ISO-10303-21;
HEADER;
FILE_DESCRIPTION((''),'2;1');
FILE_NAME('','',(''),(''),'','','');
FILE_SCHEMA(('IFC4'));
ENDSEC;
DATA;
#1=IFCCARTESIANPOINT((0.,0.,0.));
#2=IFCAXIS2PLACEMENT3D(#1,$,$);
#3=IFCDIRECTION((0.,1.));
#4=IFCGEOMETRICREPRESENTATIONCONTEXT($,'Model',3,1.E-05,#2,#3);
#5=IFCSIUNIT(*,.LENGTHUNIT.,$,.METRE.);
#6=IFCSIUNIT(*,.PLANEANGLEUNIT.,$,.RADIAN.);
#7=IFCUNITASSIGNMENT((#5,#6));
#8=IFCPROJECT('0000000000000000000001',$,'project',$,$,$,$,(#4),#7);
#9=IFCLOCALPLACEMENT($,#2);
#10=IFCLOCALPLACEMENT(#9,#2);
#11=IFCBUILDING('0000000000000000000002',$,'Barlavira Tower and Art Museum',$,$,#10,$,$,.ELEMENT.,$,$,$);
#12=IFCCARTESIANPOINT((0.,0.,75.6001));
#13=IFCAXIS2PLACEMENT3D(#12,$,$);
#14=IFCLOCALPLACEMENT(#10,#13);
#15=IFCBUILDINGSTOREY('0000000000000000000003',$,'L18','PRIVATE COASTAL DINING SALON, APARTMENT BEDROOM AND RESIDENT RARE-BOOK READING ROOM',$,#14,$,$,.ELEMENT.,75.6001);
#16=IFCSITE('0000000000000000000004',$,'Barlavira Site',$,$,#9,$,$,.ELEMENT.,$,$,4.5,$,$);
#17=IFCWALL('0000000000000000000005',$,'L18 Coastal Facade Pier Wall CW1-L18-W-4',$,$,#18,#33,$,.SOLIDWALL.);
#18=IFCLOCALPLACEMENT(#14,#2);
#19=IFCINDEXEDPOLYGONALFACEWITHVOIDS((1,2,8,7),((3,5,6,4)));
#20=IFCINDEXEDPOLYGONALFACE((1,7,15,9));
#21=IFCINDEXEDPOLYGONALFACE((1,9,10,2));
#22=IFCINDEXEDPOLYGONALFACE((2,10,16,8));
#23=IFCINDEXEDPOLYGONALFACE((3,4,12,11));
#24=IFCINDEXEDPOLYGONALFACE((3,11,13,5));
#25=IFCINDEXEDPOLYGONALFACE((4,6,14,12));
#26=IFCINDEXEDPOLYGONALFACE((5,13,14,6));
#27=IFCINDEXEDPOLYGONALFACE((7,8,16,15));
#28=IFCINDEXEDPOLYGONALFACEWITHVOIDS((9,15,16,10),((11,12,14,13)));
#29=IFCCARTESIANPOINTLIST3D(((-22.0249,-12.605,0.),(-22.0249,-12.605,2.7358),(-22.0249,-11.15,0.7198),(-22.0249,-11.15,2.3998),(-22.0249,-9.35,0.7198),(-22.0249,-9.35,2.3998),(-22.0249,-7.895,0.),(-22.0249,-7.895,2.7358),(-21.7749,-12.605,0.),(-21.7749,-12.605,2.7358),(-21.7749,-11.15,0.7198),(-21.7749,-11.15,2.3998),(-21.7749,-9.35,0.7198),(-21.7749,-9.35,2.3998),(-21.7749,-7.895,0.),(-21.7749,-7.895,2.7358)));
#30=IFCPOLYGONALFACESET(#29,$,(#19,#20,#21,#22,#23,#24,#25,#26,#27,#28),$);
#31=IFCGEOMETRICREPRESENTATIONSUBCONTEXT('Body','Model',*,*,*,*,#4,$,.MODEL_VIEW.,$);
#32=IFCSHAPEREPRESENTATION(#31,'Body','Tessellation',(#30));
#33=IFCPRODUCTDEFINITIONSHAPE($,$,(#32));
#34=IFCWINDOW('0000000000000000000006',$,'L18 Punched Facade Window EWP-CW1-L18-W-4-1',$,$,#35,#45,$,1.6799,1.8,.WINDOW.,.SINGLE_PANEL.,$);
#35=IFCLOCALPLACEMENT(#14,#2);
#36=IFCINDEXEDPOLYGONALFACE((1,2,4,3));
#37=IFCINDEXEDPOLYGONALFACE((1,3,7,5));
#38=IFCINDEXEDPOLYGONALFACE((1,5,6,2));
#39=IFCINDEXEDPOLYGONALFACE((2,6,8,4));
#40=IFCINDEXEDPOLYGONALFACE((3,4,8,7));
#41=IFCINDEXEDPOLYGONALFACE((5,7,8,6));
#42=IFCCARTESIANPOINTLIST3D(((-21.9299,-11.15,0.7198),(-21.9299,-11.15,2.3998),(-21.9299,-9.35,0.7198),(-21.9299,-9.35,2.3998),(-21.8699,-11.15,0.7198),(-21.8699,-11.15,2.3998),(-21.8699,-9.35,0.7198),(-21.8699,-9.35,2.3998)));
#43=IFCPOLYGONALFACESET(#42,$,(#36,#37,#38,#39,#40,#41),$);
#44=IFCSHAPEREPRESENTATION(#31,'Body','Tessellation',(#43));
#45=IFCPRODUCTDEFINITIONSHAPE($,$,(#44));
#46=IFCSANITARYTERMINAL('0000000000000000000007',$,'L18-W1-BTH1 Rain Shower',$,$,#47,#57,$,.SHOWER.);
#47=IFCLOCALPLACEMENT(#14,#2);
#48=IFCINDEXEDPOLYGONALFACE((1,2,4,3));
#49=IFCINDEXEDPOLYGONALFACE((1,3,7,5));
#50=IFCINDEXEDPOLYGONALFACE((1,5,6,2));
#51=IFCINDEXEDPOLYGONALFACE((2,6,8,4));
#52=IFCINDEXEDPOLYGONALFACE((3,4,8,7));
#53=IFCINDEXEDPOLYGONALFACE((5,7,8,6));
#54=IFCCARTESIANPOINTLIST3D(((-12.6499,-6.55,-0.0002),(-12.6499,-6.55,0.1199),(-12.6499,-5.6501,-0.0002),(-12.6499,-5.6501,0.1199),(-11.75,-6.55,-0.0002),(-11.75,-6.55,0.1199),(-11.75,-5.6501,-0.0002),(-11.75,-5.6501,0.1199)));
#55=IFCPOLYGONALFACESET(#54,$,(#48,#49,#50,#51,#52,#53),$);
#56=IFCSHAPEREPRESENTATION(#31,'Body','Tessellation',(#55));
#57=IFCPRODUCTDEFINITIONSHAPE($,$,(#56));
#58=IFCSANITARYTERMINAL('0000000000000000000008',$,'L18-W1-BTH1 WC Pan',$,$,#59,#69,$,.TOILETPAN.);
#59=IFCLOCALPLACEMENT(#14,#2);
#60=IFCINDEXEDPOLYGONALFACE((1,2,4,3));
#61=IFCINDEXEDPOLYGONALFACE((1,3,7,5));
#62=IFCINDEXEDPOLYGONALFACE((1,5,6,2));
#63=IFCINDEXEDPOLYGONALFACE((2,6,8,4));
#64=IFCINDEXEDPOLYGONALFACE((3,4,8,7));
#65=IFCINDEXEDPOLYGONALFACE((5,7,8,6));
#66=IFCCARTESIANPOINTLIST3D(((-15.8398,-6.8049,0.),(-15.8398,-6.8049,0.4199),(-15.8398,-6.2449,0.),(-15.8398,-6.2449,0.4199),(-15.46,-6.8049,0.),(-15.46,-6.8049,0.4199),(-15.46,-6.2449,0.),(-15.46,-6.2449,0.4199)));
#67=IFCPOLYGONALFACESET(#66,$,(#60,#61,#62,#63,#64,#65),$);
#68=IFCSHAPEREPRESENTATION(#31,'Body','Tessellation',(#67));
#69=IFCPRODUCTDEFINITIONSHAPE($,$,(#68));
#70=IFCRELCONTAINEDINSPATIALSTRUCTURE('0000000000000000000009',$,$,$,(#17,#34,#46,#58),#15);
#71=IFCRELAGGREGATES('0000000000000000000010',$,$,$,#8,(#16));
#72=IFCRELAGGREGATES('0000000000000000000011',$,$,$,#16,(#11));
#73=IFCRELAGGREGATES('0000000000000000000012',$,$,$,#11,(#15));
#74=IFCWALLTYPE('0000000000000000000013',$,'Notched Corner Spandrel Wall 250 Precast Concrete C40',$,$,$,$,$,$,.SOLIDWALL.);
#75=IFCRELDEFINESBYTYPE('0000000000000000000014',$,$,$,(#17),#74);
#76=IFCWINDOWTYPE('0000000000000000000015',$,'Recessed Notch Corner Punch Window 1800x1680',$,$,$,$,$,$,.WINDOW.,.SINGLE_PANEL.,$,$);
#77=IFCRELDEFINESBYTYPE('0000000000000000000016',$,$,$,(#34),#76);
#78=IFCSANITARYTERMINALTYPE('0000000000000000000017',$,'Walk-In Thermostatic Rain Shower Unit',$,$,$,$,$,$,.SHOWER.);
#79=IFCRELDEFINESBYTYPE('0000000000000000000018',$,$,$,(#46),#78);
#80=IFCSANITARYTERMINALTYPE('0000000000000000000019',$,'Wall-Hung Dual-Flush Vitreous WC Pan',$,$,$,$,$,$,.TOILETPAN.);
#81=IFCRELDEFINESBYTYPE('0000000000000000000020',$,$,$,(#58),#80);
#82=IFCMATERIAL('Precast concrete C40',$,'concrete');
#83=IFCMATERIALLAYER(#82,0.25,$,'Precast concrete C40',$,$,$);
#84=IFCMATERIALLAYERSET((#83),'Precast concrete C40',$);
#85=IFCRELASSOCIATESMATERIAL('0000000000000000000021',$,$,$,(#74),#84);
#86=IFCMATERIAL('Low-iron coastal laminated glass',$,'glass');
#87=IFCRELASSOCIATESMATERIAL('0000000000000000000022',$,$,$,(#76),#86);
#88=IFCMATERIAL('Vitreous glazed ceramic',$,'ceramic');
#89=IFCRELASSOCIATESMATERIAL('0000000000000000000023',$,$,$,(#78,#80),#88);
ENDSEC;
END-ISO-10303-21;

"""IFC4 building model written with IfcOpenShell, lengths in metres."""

from ifc_helpers import new_model, si_unit, direction, frame, frame_2d, origin, origin_2d, place, context, subcontext, project, spatial, rectangle, extrude, material, layer, layer_set, type_object, element, fill, save


model = new_model("IFC4")

# Units and contexts
model_context = context("Model", 3, precision=1e-05, world=origin(), true_north=direction((0.0, 1.0)))
body_context = subcontext(model_context, "Body", "Model", "MODEL_VIEW")
ifc_project = project(units=[si_unit("LENGTHUNIT", "METRE"), si_unit("PLANEANGLEUNIT", "RADIAN")], contexts=[model_context])

# Site, building, storey
site_placement = place(None, origin())
site = spatial("IfcSite", under=ifc_project, at=site_placement, Name="Barlavira Site", CompositionType="ELEMENT", RefElevation=4.5)
building_placement = place(site_placement, origin())
building = spatial("IfcBuilding", under=site, at=building_placement, Name="Barlavira Tower and Art Museum", CompositionType="ELEMENT")
storey_placement = place(building_placement, frame((0.0, 0.0, 75.6001)))
storey = spatial("IfcBuildingStorey", under=building, at=storey_placement, Name="L18", Description="PRIVATE COASTAL DINING SALON, APARTMENT BEDROOM AND RESIDENT RARE-BOOK READING ROOM", CompositionType="ELEMENT", Elevation=75.6001)

# Shared definitions
ifc_material_1 = material(Name="Low-iron coastal laminated glass", Category="glass")

# Wall, opening, window
ifc_material_2 = material(Name="Precast concrete C40", Category="concrete")
ifc_layer_1 = layer(ifc_material_2, 0.25, Name="Precast concrete C40")
ifc_layer_set_1 = layer_set([ifc_layer_1], Name="Precast concrete C40")
wall_type_1 = type_object("IfcWallType", Name="Notched Corner Spandrel Wall 250 Precast Concrete C40", PredefinedType="SOLIDWALL", material=ifc_layer_set_1)
wall_1_placement = place(storey_placement, frame((-21.8999, -7.895, 0.0), z_axis=(0.0, 0.0, 1.0), x_axis=(0.0, -1.0, 0.0)))
wall_1 = element("IfcWall", 1, at=wall_1_placement, inside=storey, type_object=wall_type_1, Name="L18 Coastal Facade Pier Wall CW1-L18-W-4", PredefinedType="SOLIDWALL", context=body_context, shape_type="SweptSolid", body=[
    extrude(rectangle(XDim=4.71, YDim=0.25, at=frame_2d((2.355, 0.0))), origin(), (0.0, 0.0, 1.0), 2.7358),
])
opening_1_placement = place(wall_1_placement, frame((1.4551, 0.0, 0.72)))
opening_1 = element("IfcOpeningElement", 2, at=opening_1_placement, cuts=wall_1, PredefinedType="OPENING", context=body_context, shape_type="SweptSolid", body=[
    extrude(rectangle(XDim=1.8, YDim=1.6799, at=frame_2d((0.8999, 0.8398))), frame((0.0, 0.135, 0.0), z_axis=(0.0, -1.0, 0.0), x_axis=(1.0, 0.0, 0.0)), (0.0, 0.0, 1.0), 0.27),
])
window_type = type_object("IfcWindowType", Name="Recessed Notch Corner Punch Window 1800x1680", PartitioningType="SINGLE_PANEL", PredefinedType="WINDOW", material=ifc_material_1)
window_placement = place(opening_1_placement, origin())
window = element("IfcWindow", 3, at=window_placement, inside=storey, type_object=window_type, Name="L18 Punched Facade Window EWP-CW1-L18-W-4-1", OverallHeight=1.6799, OverallWidth=1.8, PartitioningType="SINGLE_PANEL", PredefinedType="WINDOW", context=body_context, shape_type="SweptSolid", body=[
    extrude(rectangle(XDim=1.8, YDim=1.6799, at=frame_2d((0.8999, 0.8398))), frame((0.0, 0.03, 0.0), z_axis=(0.0, -1.0, 0.0), x_axis=(1.0, 0.0, 0.0)), (0.0, 0.0, 1.0), 0.0601),
])
fill(opening_1, window)

# Sanitary terminals
ifc_material_3 = material(Name="Vitreous glazed ceramic", Category="ceramic")
sanitary_terminal_type_1 = type_object("IfcSanitaryTerminalType", Name="Walk-In Thermostatic Rain Shower Unit", PredefinedType="SHOWER", material=ifc_material_3)
sanitary_terminal_1_placement = place(storey_placement, frame((-12.2, -6.1001, -0.0002), z_axis=(0.0, 0.0, 1.0), x_axis=(1.0, 0.0, 0.0)))
element("IfcSanitaryTerminal", 4, at=sanitary_terminal_1_placement, inside=storey, type_object=sanitary_terminal_type_1, Name="L18-W1-BTH1 Rain Shower", PredefinedType="SHOWER", context=body_context, shape_type="SweptSolid", body=[
    extrude(rectangle(XDim=0.8999, YDim=0.8999, at=origin_2d()), origin(), (0.0, 0.0, 1.0), 0.1201),
])
sanitary_terminal_type_2 = type_object("IfcSanitaryTerminalType", Name="Wall-Hung Dual-Flush Vitreous WC Pan", PredefinedType="TOILETPAN", material=ifc_material_3)
sanitary_terminal_2_placement = place(storey_placement, frame((-15.6499, -6.5249, 0.0), z_axis=(0.0, 0.0, 1.0), x_axis=(1.0, 0.0, 0.0)))
element("IfcSanitaryTerminal", 5, at=sanitary_terminal_2_placement, inside=storey, type_object=sanitary_terminal_type_2, Name="L18-W1-BTH1 WC Pan", PredefinedType="TOILETPAN", context=body_context, shape_type="SweptSolid", body=[
    extrude(rectangle(XDim=0.3799, YDim=0.5601, at=origin_2d()), origin(), (0.0, 0.0, 1.0), 0.4199),
])

save(model, "model.ifc")
